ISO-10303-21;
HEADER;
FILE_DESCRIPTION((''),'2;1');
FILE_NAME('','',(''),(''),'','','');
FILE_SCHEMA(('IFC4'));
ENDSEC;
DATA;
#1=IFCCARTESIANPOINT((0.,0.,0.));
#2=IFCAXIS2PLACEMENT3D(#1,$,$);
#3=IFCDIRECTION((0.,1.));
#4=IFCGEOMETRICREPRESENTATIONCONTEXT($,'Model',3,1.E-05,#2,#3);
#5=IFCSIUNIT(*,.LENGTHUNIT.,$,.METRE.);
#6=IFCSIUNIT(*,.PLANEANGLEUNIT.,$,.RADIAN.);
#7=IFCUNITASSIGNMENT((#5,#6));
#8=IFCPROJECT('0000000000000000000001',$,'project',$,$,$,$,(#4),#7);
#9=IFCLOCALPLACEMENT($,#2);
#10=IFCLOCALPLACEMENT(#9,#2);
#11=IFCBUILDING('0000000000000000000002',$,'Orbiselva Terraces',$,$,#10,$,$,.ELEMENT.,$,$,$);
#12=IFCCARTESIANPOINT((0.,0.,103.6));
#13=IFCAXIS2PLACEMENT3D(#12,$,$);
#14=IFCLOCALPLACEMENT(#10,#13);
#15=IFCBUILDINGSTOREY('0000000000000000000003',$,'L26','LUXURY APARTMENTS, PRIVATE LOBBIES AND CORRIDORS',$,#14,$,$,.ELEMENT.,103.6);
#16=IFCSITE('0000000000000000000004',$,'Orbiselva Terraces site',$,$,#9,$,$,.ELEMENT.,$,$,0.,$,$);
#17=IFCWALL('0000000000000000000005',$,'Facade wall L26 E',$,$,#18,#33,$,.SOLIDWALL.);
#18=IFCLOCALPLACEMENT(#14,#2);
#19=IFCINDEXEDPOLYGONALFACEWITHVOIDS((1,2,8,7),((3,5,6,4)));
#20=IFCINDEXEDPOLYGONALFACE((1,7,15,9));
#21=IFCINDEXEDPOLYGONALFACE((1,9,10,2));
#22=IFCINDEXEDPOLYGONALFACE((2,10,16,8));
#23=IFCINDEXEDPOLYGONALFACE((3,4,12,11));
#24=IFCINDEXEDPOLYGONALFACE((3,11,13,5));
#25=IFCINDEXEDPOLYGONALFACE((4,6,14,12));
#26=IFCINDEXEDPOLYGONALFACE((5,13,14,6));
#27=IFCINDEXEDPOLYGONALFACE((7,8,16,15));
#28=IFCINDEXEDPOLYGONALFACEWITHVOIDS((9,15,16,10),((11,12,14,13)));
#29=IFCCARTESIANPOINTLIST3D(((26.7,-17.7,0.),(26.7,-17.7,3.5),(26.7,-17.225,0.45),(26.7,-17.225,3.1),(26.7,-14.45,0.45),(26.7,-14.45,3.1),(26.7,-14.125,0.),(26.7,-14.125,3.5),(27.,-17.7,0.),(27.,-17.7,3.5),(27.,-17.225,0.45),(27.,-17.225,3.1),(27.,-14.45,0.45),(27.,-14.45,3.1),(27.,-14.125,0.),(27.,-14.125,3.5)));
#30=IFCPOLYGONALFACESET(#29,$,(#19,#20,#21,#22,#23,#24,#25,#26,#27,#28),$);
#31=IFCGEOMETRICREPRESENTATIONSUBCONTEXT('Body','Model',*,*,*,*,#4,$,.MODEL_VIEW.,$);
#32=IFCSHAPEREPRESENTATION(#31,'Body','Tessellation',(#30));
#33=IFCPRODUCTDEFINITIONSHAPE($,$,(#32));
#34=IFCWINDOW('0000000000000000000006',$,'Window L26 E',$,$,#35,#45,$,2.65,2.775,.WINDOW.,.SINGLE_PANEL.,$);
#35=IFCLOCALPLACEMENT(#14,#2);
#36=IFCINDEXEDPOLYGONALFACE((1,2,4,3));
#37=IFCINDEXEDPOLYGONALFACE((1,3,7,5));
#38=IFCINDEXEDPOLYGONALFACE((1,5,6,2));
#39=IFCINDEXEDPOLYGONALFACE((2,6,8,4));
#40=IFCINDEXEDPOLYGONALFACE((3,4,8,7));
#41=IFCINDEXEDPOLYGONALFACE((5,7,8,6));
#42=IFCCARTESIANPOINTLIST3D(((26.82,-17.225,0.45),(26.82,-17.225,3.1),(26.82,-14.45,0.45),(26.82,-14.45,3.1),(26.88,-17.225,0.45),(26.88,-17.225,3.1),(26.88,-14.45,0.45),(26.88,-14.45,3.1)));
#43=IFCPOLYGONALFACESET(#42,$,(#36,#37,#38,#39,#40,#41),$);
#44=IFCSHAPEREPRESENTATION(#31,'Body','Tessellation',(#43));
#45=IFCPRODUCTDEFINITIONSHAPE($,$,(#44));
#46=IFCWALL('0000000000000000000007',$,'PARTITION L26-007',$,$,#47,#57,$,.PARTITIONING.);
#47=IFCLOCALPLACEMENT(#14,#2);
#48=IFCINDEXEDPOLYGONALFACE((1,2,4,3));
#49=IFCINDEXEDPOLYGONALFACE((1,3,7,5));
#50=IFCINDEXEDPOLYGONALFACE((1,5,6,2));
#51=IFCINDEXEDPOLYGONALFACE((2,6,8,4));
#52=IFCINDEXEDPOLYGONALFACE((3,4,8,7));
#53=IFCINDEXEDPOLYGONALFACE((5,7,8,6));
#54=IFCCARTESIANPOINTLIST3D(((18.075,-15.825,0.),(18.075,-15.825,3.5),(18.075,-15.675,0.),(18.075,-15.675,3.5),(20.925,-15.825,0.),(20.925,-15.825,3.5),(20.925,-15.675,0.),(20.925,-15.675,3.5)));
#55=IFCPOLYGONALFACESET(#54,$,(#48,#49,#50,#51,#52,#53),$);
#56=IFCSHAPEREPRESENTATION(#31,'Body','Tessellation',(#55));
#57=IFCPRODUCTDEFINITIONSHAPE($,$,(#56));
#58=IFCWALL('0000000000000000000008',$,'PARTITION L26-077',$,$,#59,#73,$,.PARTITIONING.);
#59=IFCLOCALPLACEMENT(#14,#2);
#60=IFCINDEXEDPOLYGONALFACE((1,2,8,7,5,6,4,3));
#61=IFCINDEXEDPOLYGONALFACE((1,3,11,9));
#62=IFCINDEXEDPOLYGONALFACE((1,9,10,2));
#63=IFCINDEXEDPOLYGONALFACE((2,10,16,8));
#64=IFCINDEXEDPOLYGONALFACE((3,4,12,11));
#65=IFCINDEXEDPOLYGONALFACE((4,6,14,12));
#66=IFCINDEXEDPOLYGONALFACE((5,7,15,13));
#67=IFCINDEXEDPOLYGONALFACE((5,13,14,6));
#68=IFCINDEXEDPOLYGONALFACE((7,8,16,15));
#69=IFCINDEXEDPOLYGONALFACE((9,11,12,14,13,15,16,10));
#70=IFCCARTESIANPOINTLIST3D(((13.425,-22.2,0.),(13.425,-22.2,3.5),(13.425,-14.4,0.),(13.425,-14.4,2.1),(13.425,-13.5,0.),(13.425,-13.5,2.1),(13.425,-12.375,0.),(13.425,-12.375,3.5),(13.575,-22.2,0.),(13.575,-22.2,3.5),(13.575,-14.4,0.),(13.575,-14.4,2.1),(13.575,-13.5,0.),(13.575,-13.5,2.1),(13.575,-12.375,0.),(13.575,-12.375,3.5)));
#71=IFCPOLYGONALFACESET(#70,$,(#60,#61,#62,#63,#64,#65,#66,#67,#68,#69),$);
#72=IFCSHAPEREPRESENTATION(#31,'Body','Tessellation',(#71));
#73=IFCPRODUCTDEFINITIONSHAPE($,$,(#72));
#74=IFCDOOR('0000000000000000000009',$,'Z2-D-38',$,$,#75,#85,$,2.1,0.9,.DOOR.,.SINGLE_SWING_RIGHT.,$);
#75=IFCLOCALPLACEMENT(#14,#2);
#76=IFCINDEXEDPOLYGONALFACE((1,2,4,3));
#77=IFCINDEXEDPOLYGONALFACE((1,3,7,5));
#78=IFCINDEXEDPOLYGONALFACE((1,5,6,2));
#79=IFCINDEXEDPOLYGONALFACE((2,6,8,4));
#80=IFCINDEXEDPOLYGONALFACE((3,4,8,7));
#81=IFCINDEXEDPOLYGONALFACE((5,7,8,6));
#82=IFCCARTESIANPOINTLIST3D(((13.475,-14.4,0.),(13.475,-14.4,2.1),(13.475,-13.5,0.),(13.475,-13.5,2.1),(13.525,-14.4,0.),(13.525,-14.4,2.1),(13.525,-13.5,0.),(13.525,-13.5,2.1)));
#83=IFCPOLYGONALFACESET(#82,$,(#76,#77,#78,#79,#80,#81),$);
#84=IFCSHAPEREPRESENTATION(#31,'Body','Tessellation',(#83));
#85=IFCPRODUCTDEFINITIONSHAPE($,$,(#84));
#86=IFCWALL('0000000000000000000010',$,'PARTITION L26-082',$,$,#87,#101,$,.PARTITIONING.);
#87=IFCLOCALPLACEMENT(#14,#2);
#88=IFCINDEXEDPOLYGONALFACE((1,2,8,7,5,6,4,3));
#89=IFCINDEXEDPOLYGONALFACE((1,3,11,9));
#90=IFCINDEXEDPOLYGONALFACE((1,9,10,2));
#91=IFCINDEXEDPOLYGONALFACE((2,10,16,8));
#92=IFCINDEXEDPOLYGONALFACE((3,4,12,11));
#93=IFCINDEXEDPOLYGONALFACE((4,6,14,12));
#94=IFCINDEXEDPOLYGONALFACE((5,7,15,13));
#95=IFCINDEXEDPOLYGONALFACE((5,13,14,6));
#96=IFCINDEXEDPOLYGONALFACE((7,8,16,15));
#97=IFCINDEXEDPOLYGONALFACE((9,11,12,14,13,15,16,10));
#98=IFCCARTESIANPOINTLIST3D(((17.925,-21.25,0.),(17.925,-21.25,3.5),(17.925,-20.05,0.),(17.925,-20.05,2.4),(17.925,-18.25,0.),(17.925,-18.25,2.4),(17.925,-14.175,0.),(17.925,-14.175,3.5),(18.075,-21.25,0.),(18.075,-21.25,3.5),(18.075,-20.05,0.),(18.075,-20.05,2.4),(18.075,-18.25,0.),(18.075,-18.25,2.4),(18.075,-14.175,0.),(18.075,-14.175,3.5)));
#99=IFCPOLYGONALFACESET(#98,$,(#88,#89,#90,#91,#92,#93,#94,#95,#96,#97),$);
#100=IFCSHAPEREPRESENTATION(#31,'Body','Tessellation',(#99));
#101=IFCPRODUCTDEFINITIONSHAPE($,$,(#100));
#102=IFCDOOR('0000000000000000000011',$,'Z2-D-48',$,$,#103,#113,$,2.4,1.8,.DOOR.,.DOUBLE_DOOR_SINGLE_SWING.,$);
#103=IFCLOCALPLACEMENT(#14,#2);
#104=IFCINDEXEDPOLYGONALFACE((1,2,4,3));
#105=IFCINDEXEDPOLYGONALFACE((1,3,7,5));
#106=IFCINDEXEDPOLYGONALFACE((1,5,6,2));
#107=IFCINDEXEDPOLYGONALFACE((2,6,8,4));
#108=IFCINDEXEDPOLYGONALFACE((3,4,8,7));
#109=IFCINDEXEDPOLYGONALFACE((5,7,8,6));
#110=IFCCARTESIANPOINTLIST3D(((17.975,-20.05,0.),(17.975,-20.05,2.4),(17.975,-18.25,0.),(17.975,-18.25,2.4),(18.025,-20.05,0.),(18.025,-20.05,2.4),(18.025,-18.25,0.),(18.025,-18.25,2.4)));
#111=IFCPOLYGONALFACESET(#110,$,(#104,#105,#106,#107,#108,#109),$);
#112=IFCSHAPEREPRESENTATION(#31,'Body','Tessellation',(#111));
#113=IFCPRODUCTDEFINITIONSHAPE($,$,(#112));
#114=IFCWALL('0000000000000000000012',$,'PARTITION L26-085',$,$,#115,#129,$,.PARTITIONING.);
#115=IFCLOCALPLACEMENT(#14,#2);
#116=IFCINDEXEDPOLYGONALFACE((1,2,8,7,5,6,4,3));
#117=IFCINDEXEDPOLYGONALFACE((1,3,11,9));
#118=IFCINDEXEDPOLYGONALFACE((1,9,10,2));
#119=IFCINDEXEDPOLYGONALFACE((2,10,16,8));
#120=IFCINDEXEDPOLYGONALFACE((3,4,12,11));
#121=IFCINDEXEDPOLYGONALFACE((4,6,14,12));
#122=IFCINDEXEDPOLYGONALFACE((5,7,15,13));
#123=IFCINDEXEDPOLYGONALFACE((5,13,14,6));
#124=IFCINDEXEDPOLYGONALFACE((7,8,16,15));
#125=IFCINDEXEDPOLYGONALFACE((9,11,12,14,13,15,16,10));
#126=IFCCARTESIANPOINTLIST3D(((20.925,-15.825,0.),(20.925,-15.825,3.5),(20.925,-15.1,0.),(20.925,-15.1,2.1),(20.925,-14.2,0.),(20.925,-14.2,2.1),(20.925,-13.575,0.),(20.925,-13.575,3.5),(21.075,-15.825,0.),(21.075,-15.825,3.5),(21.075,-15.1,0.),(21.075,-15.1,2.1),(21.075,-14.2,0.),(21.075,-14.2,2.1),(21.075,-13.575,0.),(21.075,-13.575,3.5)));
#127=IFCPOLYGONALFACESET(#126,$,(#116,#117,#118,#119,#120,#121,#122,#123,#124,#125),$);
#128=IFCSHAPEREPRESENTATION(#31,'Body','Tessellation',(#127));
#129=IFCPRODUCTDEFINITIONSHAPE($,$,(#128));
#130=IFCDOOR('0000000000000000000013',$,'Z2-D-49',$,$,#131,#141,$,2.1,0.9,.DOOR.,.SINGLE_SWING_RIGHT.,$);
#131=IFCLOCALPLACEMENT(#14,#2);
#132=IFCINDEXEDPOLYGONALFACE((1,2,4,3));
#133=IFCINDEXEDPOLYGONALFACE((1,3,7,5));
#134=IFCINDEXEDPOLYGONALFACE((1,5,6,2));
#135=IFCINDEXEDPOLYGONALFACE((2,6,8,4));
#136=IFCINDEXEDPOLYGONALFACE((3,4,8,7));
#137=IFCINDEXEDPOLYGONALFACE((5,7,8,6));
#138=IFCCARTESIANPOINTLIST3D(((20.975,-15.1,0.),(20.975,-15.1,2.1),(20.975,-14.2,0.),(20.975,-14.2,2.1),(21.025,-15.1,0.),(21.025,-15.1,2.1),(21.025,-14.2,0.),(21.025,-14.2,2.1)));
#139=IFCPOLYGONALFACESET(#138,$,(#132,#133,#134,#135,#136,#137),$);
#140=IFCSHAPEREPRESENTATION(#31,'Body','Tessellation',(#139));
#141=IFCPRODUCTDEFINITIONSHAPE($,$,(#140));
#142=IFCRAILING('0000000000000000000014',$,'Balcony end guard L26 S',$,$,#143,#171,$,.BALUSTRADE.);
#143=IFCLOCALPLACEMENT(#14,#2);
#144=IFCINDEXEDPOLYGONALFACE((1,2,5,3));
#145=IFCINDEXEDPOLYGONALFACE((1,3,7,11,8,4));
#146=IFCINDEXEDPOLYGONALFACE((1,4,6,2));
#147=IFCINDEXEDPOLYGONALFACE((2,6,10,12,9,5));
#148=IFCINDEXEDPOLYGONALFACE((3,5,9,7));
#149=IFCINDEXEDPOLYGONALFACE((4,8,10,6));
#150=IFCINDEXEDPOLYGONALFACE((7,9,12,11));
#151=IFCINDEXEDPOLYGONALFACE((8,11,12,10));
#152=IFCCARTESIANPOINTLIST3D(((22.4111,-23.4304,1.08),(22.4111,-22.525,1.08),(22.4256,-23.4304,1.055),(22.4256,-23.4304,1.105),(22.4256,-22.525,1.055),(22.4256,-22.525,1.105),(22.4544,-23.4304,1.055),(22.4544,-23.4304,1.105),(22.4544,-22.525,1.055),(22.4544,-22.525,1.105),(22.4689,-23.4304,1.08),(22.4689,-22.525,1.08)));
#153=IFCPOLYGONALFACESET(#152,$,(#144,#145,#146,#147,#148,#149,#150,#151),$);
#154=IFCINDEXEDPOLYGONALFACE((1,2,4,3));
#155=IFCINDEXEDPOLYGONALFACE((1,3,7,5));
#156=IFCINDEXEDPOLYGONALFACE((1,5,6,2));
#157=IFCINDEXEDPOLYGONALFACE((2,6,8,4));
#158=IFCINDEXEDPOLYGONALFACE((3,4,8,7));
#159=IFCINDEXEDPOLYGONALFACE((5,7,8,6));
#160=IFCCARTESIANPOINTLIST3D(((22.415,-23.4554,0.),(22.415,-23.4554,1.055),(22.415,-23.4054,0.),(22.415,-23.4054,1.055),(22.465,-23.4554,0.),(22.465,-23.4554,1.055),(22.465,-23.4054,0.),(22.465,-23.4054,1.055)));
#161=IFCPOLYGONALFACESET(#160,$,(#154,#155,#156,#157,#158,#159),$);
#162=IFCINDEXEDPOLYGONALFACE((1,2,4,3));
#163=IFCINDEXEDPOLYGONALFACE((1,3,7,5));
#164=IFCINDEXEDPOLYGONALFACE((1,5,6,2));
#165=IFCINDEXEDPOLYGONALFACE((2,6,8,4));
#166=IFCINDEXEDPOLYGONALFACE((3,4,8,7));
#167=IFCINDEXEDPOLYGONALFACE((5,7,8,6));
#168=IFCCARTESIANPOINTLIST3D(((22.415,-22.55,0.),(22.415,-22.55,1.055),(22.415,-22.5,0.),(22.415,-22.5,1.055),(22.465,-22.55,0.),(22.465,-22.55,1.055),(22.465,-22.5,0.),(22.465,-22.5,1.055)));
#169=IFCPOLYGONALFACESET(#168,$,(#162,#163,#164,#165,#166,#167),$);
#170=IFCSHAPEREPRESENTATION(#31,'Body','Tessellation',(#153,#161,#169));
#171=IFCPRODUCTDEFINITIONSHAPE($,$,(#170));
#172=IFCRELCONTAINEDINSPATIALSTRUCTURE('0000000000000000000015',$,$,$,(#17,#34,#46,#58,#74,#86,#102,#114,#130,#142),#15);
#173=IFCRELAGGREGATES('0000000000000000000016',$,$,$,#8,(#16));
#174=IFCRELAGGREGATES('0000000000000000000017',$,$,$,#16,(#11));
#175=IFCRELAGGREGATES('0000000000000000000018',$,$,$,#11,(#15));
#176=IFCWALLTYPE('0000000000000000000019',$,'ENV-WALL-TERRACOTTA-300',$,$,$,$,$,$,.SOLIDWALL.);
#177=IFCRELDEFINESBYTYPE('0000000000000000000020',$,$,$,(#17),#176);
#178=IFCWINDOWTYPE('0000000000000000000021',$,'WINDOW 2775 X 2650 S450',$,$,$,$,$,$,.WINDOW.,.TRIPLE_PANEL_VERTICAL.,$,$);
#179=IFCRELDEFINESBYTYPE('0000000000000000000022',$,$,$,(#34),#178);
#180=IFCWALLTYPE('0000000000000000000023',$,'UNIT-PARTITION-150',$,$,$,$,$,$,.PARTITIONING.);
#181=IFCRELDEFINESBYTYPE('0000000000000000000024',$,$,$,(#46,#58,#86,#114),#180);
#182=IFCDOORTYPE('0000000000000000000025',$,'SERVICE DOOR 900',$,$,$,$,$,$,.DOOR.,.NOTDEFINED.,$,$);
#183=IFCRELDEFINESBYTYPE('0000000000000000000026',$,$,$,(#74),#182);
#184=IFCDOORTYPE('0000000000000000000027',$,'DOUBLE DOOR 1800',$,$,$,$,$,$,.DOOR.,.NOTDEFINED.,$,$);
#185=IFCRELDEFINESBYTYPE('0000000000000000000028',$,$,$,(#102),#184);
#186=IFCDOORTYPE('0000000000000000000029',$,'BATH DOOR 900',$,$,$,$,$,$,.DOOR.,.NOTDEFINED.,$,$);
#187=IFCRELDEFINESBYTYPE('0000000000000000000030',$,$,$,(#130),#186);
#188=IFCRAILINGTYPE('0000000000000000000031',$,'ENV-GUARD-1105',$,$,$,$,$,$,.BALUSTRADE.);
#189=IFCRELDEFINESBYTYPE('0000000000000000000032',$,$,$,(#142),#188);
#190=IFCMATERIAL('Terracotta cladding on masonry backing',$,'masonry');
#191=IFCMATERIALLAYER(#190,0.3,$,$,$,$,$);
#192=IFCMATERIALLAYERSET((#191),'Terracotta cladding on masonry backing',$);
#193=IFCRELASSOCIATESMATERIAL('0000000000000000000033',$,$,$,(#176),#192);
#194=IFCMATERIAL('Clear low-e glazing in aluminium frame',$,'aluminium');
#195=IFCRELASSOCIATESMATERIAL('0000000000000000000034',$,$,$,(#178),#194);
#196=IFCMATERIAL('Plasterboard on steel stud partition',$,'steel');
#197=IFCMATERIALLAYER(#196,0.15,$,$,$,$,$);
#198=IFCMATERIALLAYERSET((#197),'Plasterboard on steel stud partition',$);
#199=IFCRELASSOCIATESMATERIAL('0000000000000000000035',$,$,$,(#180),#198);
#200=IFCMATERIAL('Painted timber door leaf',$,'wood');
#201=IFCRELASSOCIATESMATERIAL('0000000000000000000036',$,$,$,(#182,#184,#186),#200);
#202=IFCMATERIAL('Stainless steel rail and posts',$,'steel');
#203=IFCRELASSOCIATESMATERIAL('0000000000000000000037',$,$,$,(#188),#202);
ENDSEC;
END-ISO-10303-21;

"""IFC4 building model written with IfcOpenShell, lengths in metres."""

from ifc_helpers import new_model, si_unit, direction, frame, frame_2d, origin, origin_2d, place, context, subcontext, project, spatial, polyline, rectangle, outline, extrude, material, layer, layer_set, type_object, element, fill, save


model = new_model("IFC4")

# Units and contexts
model_context = context("Model", 3, precision=1e-05, world=origin(), true_north=direction((0.0, 1.0)))
body_context = subcontext(model_context, "Body", "Model", "MODEL_VIEW")
ifc_project = project(units=[si_unit("LENGTHUNIT", "METRE"), si_unit("PLANEANGLEUNIT", "RADIAN")], contexts=[model_context])

# Site, building, storey
site_placement = place(None, origin())
site = spatial("IfcSite", under=ifc_project, at=site_placement, Name="Orbiselva Terraces site", CompositionType="ELEMENT", RefElevation=0.0)
building_placement = place(site_placement, origin())
building = spatial("IfcBuilding", under=site, at=building_placement, Name="Orbiselva Terraces", CompositionType="ELEMENT")
storey_placement = place(building_placement, frame((0.0, 0.0, 103.6)))
storey = spatial("IfcBuildingStorey", under=building, at=storey_placement, Name="L26", Description="LUXURY APARTMENTS, PRIVATE LOBBIES AND CORRIDORS", CompositionType="ELEMENT", Elevation=103.6)

# Shared definitions
ifc_material_1 = material(Name="Terracotta cladding on masonry backing", Category="masonry")
ifc_layer_1 = layer(ifc_material_1, 0.3)
ifc_layer_set_1 = layer_set([ifc_layer_1], Name="Terracotta cladding on masonry backing")
wall_type_1 = type_object("IfcWallType", Name="ENV-WALL-TERRACOTTA-300", PredefinedType="SOLIDWALL", material=ifc_layer_set_1)
ifc_material_2 = material(Name="Clear low-e glazing in aluminium frame", Category="aluminium")

# Shared definitions
window_type = type_object("IfcWindowType", Name="WINDOW 2775 X 2650 S450", PartitioningType="TRIPLE_PANEL_VERTICAL", PredefinedType="WINDOW", material=ifc_material_2)

# Wall, opening, window
wall_1_placement = place(storey_placement, frame((26.85, -14.125, 0.0), z_axis=(0.0, 0.0, 1.0), x_axis=(0.0, -1.0, 0.0)))
wall_1 = element("IfcWall", 1, at=wall_1_placement, inside=storey, type_object=wall_type_1, Name="Facade wall L26 E", PredefinedType="SOLIDWALL", context=body_context, shape_type="SweptSolid", body=[
    extrude(rectangle(XDim=3.575, YDim=0.3, at=frame_2d((1.7875, 0.0))), origin(), (0.0, 0.0, 1.0), 3.5),
])
opening_1_placement = place(wall_1_placement, frame((0.325, 0.0, 0.45)))
opening_1 = element("IfcOpeningElement", 2, at=opening_1_placement, cuts=wall_1, PredefinedType="OPENING", context=body_context, shape_type="SweptSolid", body=[
    extrude(rectangle(XDim=2.775, YDim=2.65, at=frame_2d((1.3875, 1.325))), frame((0.0, 0.16, 0.0), z_axis=(0.0, -1.0, 0.0), x_axis=(1.0, 0.0, 0.0)), (0.0, 0.0, 1.0), 0.32),
])
window_1_placement = place(opening_1_placement, origin())
window_1 = element("IfcWindow", 3, at=window_1_placement, inside=storey, type_object=window_type, Name="Window L26 E", OverallHeight=2.65, OverallWidth=2.775, PartitioningType="SINGLE_PANEL", PredefinedType="WINDOW", context=body_context, shape_type="SweptSolid", body=[
    extrude(rectangle(XDim=2.775, YDim=2.65, at=frame_2d((1.3875, 1.325))), frame((0.0, 0.03, 0.0), z_axis=(0.0, -1.0, 0.0), x_axis=(1.0, 0.0, 0.0)), (0.0, 0.0, 1.0), 0.06),
])
fill(opening_1, window_1)

# Wall
ifc_material_3 = material(Name="Plasterboard on steel stud partition", Category="steel")
ifc_layer_2 = layer(ifc_material_3, 0.15)
ifc_layer_set_2 = layer_set([ifc_layer_2], Name="Plasterboard on steel stud partition")
wall_type_2 = type_object("IfcWallType", Name="UNIT-PARTITION-150", PredefinedType="PARTITIONING", material=ifc_layer_set_2)
wall_2_placement = place(storey_placement, frame((18.075, -15.75, 0.0), z_axis=(0.0, 0.0, 1.0), x_axis=(1.0, 0.0, 0.0)))
element("IfcWall", 4, at=wall_2_placement, inside=storey, type_object=wall_type_2, Name="PARTITION L26-007", PredefinedType="PARTITIONING", context=body_context, shape_type="SweptSolid", body=[
    extrude(rectangle(XDim=2.85, YDim=0.15, at=frame_2d((1.425, 0.0))), origin(), (0.0, 0.0, 1.0), 3.5),
])

# Walls, openings, doors
wall_3_placement = place(storey_placement, frame((13.5, -22.2, 0.0), z_axis=(0.0, 0.0, 1.0), x_axis=(0.0, 1.0, 0.0)))
wall_3 = element("IfcWall", 5, at=wall_3_placement, inside=storey, type_object=wall_type_2, Name="PARTITION L26-077", PredefinedType="PARTITIONING", context=body_context, shape_type="SweptSolid", body=[
    extrude(rectangle(XDim=9.825, YDim=0.15, at=frame_2d((4.9125, 0.0))), origin(), (0.0, 0.0, 1.0), 3.5),
])
opening_2_placement = place(wall_3_placement, frame((7.8, 0.0, 0.0)))
opening_2 = element("IfcOpeningElement", 6, at=opening_2_placement, cuts=wall_3, PredefinedType="OPENING", context=body_context, shape_type="SweptSolid", body=[
    extrude(rectangle(XDim=0.9, YDim=2.1, at=frame_2d((0.45, 1.05))), frame((0.0, 0.085, 0.0), z_axis=(0.0, -1.0, 0.0), x_axis=(1.0, 0.0, 0.0)), (0.0, 0.0, 1.0), 0.17),
])
ifc_material_4 = material(Name="Painted timber door leaf", Category="wood")
door_type_1 = type_object("IfcDoorType", Name="SERVICE DOOR 900", OperationType="NOTDEFINED", PredefinedType="DOOR", material=ifc_material_4)
door_1_placement = place(opening_2_placement, origin())
door_1 = element("IfcDoor", 7, at=door_1_placement, inside=storey, type_object=door_type_1, Name="Z2-D-38", OperationType="SINGLE_SWING_RIGHT", OverallHeight=2.1, OverallWidth=0.9, PredefinedType="DOOR", context=body_context, shape_type="SweptSolid", body=[
    extrude(rectangle(XDim=0.9, YDim=2.1, at=frame_2d((0.45, 1.05))), frame((0.0, 0.025, 0.0), z_axis=(0.0, -1.0, 0.0), x_axis=(1.0, 0.0, 0.0)), (0.0, 0.0, 1.0), 0.05),
])
fill(opening_2, door_1)
wall_4_placement = place(storey_placement, frame((18.0, -14.175, 0.0), z_axis=(0.0, 0.0, 1.0), x_axis=(0.0, -1.0, 0.0)))
wall_4 = element("IfcWall", 8, at=wall_4_placement, inside=storey, type_object=wall_type_2, Name="PARTITION L26-082", PredefinedType="PARTITIONING", context=body_context, shape_type="SweptSolid", body=[
    extrude(rectangle(XDim=7.075, YDim=0.15, at=frame_2d((3.5375, 0.0))), origin(), (0.0, 0.0, 1.0), 3.5),
])
opening_3_placement = place(wall_4_placement, frame((4.075, 0.0, 0.0)))
opening_3 = element("IfcOpeningElement", 9, at=opening_3_placement, cuts=wall_4, PredefinedType="OPENING", context=body_context, shape_type="SweptSolid", body=[
    extrude(rectangle(XDim=1.8, YDim=2.4, at=frame_2d((0.9, 1.2))), frame((0.0, 0.085, 0.0), z_axis=(0.0, -1.0, 0.0), x_axis=(1.0, 0.0, 0.0)), (0.0, 0.0, 1.0), 0.17),
])
door_type_2 = type_object("IfcDoorType", Name="DOUBLE DOOR 1800", OperationType="NOTDEFINED", PredefinedType="DOOR", material=ifc_material_4)
door_2_placement = place(opening_3_placement, origin())
door_2 = element("IfcDoor", 10, at=door_2_placement, inside=storey, type_object=door_type_2, Name="Z2-D-48", OperationType="DOUBLE_DOOR_SINGLE_SWING", OverallHeight=2.4, OverallWidth=1.8, PredefinedType="DOOR", context=body_context, shape_type="SweptSolid", body=[
    extrude(rectangle(XDim=1.8, YDim=2.4, at=frame_2d((0.9, 1.2))), frame((0.0, 0.025, 0.0), z_axis=(0.0, -1.0, 0.0), x_axis=(1.0, 0.0, 0.0)), (0.0, 0.0, 1.0), 0.05),
])
fill(opening_3, door_2)
wall_5_placement = place(storey_placement, frame((21.0, -15.825, 0.0), z_axis=(0.0, 0.0, 1.0), x_axis=(0.0, 1.0, 0.0)))
wall_5 = element("IfcWall", 11, at=wall_5_placement, inside=storey, type_object=wall_type_2, Name="PARTITION L26-085", PredefinedType="PARTITIONING", context=body_context, shape_type="SweptSolid", body=[
    extrude(rectangle(XDim=2.25, YDim=0.15, at=frame_2d((1.125, 0.0))), origin(), (0.0, 0.0, 1.0), 3.5),
])
opening_4_placement = place(wall_5_placement, frame((0.725, 0.0, 0.0)))
opening_4 = element("IfcOpeningElement", 12, at=opening_4_placement, cuts=wall_5, PredefinedType="OPENING", context=body_context, shape_type="SweptSolid", body=[
    extrude(rectangle(XDim=0.9, YDim=2.1, at=frame_2d((0.45, 1.05))), frame((0.0, 0.085, 0.0), z_axis=(0.0, -1.0, 0.0), x_axis=(1.0, 0.0, 0.0)), (0.0, 0.0, 1.0), 0.17),
])
door_type_3 = type_object("IfcDoorType", Name="BATH DOOR 900", OperationType="NOTDEFINED", PredefinedType="DOOR", material=ifc_material_4)
door_3_placement = place(opening_4_placement, origin())
door_3 = element("IfcDoor", 13, at=door_3_placement, inside=storey, type_object=door_type_3, Name="Z2-D-49", OperationType="SINGLE_SWING_RIGHT", OverallHeight=2.1, OverallWidth=0.9, PredefinedType="DOOR", context=body_context, shape_type="SweptSolid", body=[
    extrude(rectangle(XDim=0.9, YDim=2.1, at=frame_2d((0.45, 1.05))), frame((0.0, 0.025, 0.0), z_axis=(0.0, -1.0, 0.0), x_axis=(1.0, 0.0, 0.0)), (0.0, 0.0, 1.0), 0.05),
])
fill(opening_4, door_3)

# Railing
ifc_material_5 = material(Name="Stainless steel rail and posts", Category="steel")
railing_type_1 = type_object("IfcRailingType", Name="ENV-GUARD-1105", PredefinedType="BALUSTRADE", material=ifc_material_5)
railing_1_placement = place(storey_placement, frame((22.44, -23.4304, 0.0)))
element("IfcRailing", 14, at=railing_1_placement, inside=storey, type_object=railing_type_1, Name="Balcony end guard L26 S", PredefinedType="BALUSTRADE", context=body_context, shape_type="SweptSolid", body=[
    extrude(outline(polyline([(0.0289, 0.0), (0.0144, 0.025), (-0.0144, 0.025), (-0.0289, 0.0), (-0.0144, -0.025), (0.0144, -0.025), (0.0289, 0.0)])), frame((0.0, 0.0, 1.08), z_axis=(0.0, 1.0, 0.0), x_axis=(-1.0, 0.0, 0.0)), (0.0, 0.0, 1.0), 0.9054),
    extrude(rectangle(XDim=0.05, YDim=0.05, at=origin_2d()), origin(), (0.0, 0.0, 1.0), 1.055),
    extrude(rectangle(XDim=0.05, YDim=0.05, at=origin_2d()), frame((0.0, 0.9054, 0.0)), (0.0, 0.0, 1.0), 1.055),
])

save(model, "model.ifc")
